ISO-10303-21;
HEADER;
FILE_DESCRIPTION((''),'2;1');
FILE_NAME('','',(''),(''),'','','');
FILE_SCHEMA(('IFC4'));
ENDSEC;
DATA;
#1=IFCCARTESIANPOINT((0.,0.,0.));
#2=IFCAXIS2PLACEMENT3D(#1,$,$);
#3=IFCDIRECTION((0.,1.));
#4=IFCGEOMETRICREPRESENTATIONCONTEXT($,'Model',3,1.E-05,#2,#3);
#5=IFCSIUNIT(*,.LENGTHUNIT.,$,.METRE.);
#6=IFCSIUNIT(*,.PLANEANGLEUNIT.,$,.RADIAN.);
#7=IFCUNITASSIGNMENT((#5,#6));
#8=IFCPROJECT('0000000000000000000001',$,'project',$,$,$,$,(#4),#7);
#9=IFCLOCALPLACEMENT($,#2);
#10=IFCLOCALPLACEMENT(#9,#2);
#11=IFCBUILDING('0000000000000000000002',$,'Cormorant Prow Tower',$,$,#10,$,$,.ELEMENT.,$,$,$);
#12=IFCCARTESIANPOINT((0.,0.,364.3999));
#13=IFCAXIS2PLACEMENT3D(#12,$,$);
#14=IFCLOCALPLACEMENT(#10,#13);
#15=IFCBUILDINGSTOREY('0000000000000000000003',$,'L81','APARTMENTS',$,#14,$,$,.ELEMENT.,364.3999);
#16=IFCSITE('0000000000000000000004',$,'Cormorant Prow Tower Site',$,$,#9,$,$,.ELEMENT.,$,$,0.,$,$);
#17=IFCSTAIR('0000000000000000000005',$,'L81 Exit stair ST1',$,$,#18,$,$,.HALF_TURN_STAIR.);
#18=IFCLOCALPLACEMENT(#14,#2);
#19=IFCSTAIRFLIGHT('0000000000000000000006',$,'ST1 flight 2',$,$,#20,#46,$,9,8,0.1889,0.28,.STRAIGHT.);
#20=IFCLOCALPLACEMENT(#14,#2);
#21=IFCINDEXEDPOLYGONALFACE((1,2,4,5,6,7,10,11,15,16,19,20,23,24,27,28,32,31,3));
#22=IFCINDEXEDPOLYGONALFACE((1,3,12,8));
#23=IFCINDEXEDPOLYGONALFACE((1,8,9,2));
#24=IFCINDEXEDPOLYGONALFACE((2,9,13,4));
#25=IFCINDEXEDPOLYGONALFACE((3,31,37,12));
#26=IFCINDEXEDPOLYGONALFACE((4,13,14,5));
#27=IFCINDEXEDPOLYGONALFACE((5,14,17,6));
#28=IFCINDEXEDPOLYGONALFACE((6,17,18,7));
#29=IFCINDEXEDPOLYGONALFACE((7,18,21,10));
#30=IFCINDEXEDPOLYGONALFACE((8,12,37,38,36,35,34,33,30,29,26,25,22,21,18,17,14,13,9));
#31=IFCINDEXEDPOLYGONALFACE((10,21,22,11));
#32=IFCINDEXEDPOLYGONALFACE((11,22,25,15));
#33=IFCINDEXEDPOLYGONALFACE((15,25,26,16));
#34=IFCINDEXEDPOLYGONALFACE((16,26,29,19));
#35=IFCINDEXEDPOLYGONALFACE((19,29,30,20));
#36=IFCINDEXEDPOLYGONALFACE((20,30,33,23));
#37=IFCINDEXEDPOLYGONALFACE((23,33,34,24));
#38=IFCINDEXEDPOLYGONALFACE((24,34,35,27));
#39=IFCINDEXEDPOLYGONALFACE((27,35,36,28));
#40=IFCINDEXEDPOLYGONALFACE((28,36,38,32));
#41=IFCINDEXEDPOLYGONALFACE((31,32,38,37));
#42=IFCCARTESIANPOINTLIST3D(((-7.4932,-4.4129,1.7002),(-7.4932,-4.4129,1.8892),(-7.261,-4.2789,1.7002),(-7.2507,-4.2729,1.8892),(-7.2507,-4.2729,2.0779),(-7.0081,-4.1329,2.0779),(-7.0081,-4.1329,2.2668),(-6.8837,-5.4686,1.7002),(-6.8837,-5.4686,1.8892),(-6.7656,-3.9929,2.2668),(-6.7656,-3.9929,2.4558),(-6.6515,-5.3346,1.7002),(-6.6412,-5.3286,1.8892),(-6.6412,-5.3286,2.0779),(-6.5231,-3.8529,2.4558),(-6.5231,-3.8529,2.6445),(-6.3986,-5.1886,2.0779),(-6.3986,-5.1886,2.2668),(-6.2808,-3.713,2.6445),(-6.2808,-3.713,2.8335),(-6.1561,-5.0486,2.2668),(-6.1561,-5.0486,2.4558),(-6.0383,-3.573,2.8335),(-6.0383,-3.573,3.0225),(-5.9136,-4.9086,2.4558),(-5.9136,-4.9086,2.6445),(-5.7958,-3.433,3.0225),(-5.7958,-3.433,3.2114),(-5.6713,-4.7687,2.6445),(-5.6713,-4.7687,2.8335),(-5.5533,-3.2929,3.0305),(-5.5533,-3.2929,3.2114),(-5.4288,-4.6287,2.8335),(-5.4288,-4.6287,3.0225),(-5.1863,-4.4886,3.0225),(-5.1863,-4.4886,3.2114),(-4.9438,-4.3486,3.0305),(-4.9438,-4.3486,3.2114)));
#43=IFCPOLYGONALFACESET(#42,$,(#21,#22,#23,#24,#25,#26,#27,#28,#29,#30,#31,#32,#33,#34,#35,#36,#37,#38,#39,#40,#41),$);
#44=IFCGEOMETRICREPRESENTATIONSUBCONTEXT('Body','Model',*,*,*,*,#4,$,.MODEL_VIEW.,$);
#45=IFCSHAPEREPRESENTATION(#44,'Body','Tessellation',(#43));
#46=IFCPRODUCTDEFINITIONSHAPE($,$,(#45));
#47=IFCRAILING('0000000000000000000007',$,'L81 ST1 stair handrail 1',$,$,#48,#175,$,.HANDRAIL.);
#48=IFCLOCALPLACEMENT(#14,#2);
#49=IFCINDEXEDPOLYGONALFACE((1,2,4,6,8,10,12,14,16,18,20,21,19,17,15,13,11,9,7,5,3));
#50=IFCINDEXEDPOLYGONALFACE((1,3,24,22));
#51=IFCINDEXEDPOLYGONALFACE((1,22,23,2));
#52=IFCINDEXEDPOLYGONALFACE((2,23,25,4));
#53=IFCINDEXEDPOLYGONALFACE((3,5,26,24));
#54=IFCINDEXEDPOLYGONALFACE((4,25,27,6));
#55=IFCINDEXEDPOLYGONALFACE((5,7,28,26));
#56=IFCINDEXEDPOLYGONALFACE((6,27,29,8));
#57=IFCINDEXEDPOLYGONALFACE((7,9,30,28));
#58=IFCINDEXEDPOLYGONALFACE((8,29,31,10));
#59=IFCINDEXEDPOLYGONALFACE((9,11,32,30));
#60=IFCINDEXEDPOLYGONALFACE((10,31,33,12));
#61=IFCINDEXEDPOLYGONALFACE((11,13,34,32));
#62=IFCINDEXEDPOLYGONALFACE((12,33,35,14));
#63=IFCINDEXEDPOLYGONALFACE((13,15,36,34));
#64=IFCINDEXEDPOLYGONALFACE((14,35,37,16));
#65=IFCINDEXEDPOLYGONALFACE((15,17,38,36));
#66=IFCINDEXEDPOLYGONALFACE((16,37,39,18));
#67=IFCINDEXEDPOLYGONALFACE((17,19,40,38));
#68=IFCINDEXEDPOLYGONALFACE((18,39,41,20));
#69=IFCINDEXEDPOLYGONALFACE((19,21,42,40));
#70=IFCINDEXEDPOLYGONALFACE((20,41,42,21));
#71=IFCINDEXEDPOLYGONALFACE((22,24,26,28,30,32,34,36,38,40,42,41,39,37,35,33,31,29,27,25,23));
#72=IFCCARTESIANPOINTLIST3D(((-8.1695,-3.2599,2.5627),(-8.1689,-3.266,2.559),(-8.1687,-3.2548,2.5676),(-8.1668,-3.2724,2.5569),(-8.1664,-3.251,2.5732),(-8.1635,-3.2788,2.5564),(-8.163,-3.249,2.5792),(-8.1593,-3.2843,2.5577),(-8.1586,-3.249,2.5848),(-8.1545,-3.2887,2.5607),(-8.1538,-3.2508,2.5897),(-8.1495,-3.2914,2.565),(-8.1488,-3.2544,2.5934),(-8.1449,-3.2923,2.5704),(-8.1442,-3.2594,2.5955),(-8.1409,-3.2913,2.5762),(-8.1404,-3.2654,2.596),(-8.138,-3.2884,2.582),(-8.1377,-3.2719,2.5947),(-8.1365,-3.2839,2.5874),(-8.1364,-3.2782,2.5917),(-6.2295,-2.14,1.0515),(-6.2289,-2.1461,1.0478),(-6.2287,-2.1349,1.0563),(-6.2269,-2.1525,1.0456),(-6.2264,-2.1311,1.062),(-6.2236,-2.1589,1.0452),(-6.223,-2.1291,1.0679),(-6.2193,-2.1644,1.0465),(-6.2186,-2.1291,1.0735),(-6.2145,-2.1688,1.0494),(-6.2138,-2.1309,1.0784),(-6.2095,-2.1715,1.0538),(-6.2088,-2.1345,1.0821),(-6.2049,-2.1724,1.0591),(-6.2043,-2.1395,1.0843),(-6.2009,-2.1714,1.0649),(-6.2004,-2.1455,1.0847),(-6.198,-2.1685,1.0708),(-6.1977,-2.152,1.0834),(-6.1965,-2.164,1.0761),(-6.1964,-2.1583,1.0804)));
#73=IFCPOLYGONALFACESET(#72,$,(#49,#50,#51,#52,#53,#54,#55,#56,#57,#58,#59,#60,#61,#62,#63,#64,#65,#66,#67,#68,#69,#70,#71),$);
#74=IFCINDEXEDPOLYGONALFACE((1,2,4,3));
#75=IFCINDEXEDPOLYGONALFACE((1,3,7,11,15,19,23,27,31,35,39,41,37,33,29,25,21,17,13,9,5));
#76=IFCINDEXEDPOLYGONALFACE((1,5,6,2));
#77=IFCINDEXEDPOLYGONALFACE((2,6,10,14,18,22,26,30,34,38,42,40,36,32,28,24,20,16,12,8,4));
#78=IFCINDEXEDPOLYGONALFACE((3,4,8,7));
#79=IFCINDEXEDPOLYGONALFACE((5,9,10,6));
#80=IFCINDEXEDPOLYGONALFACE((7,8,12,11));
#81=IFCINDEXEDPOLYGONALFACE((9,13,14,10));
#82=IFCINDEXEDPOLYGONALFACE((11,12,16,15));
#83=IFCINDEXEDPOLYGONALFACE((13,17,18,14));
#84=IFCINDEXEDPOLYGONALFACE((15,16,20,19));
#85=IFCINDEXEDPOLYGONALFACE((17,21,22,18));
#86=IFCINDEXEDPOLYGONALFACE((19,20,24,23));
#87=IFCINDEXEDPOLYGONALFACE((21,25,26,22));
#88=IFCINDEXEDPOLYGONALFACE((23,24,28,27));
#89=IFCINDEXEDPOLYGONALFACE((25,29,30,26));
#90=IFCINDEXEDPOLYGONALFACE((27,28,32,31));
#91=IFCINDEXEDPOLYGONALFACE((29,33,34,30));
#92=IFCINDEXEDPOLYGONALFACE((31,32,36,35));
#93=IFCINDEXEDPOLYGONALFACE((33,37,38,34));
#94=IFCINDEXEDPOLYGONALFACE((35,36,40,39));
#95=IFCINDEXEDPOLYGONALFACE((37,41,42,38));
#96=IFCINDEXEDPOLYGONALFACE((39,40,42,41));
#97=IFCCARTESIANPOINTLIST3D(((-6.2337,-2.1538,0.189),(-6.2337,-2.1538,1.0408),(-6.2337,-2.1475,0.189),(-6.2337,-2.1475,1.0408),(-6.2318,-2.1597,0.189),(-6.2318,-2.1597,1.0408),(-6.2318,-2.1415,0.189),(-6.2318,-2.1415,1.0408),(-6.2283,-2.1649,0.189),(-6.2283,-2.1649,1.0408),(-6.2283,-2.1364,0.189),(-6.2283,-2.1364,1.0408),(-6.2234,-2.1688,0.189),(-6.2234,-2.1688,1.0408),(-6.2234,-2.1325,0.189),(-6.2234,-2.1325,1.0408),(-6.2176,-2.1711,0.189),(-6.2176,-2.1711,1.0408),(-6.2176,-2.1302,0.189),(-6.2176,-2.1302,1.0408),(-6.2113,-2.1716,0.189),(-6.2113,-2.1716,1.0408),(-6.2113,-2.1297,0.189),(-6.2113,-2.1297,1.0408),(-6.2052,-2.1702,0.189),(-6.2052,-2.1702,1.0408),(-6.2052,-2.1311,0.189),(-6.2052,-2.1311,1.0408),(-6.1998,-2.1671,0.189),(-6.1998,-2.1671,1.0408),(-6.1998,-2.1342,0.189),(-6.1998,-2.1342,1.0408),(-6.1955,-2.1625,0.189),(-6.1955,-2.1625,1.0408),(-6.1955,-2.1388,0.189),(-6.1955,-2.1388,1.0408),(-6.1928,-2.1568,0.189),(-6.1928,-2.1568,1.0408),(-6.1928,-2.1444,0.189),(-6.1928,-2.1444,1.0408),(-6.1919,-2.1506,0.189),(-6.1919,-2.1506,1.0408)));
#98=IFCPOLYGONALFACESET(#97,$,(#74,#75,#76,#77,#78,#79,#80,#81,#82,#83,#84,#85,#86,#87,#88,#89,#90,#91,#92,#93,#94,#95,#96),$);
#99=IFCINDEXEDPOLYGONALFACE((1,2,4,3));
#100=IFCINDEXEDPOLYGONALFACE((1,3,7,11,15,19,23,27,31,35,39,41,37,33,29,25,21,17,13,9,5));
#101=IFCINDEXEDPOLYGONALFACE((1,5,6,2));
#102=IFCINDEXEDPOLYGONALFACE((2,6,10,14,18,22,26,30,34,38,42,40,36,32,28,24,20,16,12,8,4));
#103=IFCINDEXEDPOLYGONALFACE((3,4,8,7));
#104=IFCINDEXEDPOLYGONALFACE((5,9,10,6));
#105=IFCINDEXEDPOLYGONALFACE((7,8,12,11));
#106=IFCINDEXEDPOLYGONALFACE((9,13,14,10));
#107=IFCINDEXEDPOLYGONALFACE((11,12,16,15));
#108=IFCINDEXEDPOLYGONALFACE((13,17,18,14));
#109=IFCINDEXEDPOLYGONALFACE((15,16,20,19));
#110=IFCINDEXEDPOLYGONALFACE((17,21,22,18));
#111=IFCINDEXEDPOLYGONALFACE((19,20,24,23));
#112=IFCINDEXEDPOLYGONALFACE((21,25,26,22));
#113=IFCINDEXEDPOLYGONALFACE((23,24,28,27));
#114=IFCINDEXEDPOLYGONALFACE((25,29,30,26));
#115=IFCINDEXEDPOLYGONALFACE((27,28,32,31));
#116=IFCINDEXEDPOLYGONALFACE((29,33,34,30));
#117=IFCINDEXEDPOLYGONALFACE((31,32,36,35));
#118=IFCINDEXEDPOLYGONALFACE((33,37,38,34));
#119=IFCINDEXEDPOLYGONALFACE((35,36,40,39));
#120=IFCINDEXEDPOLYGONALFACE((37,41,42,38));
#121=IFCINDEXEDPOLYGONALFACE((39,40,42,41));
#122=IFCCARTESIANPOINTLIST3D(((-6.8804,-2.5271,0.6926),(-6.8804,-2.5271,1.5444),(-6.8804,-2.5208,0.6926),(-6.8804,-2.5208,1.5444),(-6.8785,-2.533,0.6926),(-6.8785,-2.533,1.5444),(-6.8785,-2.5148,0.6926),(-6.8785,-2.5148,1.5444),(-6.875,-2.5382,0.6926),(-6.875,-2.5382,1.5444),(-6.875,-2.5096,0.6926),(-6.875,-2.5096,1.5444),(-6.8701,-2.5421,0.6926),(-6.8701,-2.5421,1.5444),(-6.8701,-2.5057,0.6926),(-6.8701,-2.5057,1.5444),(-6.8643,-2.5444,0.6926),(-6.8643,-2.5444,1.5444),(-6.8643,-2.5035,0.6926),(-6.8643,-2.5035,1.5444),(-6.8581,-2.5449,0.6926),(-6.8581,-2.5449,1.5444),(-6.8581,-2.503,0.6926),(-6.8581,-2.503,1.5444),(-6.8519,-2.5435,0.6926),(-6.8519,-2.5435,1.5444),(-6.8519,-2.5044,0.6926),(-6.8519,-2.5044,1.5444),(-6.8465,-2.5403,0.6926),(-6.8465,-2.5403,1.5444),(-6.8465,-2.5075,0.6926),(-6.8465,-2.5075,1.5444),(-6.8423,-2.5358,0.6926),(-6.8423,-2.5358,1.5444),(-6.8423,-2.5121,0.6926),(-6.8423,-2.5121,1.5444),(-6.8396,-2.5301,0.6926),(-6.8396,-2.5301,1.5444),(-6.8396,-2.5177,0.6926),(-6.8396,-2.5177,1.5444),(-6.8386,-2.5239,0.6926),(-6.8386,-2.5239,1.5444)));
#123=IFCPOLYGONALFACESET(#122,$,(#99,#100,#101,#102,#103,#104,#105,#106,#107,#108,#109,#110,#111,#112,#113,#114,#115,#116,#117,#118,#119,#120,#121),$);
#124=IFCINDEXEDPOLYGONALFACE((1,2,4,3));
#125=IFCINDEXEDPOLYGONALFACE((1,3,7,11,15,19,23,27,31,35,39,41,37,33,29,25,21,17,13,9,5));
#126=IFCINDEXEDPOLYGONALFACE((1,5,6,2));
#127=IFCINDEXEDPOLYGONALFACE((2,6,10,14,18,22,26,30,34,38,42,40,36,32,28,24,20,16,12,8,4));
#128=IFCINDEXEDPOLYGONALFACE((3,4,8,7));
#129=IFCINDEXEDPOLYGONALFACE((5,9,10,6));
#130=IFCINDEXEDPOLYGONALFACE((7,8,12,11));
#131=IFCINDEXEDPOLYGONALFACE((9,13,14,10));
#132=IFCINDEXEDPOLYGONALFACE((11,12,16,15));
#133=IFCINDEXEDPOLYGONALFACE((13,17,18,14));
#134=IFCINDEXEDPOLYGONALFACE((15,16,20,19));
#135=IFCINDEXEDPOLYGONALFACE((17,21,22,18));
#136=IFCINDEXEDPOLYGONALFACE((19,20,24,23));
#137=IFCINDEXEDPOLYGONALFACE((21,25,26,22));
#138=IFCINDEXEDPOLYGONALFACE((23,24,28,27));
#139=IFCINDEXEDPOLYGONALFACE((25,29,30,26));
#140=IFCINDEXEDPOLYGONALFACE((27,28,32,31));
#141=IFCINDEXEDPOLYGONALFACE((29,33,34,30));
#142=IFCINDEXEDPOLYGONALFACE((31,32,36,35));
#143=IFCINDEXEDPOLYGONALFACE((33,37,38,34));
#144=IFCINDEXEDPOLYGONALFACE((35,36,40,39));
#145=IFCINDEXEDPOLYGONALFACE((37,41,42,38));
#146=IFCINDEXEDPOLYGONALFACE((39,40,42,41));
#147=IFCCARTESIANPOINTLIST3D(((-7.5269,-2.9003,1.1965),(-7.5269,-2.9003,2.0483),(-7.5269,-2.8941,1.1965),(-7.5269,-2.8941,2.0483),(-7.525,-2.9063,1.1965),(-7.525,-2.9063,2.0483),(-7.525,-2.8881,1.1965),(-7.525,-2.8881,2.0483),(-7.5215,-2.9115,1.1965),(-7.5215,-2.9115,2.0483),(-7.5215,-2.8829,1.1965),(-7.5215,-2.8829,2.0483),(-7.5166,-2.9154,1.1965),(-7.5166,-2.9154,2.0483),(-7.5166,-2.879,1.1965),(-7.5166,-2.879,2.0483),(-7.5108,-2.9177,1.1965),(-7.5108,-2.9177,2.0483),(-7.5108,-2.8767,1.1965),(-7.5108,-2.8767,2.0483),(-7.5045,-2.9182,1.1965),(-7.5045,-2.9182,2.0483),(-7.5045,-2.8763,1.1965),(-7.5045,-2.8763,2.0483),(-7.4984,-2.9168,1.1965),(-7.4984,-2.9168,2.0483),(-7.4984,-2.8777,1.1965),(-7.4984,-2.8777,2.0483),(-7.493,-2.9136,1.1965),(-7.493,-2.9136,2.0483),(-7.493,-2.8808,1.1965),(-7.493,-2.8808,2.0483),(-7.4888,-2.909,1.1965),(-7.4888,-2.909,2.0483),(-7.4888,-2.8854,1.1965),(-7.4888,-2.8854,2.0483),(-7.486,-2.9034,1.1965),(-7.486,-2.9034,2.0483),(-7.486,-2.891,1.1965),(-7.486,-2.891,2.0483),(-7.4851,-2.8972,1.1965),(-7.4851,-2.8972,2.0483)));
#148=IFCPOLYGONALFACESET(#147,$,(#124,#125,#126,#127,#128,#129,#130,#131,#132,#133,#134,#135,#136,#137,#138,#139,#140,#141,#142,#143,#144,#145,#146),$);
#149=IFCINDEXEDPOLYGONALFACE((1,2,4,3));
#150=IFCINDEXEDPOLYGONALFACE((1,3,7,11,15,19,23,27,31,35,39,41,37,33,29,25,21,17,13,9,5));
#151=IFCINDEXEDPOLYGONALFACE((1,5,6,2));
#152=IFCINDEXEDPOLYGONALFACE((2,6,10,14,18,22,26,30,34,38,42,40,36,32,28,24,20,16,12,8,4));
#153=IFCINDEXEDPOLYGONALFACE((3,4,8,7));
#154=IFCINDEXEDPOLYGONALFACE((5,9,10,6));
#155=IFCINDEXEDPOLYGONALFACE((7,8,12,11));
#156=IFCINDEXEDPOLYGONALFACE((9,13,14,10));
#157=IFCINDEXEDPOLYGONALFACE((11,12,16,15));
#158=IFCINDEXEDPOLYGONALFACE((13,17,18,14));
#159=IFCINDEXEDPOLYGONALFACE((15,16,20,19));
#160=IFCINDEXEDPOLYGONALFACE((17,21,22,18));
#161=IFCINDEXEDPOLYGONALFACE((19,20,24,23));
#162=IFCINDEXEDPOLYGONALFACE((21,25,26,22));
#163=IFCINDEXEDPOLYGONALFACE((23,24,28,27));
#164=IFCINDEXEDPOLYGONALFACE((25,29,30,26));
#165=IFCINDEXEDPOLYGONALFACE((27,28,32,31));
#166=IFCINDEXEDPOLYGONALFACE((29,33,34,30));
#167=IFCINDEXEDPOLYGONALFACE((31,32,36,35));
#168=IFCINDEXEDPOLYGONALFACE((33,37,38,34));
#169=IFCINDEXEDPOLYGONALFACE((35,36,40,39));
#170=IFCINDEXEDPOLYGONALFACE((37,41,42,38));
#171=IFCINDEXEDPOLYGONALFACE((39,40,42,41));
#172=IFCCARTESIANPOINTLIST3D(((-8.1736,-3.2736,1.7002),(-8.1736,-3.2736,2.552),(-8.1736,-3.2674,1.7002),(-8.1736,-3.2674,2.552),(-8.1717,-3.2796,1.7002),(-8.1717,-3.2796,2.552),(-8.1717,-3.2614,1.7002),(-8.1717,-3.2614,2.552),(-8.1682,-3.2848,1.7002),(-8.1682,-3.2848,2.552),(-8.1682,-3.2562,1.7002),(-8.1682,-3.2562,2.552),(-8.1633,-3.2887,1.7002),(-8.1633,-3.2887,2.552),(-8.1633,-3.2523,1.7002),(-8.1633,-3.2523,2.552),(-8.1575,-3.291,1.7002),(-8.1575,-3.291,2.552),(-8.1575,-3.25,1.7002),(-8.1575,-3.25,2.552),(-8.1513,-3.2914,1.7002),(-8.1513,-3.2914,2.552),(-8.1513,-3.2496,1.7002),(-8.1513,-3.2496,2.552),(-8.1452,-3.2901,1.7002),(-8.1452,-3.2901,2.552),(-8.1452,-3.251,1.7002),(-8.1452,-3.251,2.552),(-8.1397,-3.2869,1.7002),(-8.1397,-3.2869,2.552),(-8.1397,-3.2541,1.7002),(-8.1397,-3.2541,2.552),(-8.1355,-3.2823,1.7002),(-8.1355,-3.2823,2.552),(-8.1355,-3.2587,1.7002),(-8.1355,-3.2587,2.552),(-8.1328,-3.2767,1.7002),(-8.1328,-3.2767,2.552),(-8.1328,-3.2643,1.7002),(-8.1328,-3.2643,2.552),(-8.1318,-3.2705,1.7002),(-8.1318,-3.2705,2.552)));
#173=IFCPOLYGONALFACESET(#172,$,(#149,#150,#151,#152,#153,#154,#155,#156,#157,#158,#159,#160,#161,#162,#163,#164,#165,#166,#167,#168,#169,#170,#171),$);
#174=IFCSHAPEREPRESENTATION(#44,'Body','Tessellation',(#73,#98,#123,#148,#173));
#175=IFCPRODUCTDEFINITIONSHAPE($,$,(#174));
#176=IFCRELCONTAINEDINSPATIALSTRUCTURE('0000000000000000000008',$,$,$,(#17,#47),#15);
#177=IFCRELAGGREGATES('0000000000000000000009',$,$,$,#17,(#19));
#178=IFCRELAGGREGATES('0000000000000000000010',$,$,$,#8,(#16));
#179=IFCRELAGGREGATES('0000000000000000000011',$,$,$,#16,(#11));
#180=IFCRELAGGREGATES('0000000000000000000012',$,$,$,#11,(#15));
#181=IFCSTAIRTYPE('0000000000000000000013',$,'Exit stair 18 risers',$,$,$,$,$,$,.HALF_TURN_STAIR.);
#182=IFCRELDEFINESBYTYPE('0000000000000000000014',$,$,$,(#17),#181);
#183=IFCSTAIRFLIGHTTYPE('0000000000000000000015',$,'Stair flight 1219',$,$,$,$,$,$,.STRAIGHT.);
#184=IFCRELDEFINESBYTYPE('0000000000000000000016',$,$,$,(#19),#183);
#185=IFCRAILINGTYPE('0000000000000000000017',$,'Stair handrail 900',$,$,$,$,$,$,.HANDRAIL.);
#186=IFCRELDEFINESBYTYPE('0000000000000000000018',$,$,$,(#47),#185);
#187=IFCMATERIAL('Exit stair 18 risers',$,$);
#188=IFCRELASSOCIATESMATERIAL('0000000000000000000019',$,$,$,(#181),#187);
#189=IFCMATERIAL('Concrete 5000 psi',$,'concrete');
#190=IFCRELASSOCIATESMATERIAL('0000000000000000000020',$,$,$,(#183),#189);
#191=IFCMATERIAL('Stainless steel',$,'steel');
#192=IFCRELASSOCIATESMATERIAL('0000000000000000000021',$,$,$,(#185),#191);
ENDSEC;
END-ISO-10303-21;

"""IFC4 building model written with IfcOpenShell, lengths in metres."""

from ifc_helpers import new_model, si_unit, direction, frame, origin, origin_2d, place, context, subcontext, project, spatial, polyline, circle, outline, extrude, material, type_object, element, aggregate, save


model = new_model("IFC4")

# Units and contexts
model_context = context("Model", 3, precision=1e-05, world=origin(), true_north=direction((0.0, 1.0)))
body_context = subcontext(model_context, "Body", "Model", "MODEL_VIEW")
ifc_project = project(units=[si_unit("LENGTHUNIT", "METRE"), si_unit("PLANEANGLEUNIT", "RADIAN")], contexts=[model_context])

# Site, building, storey
site_placement = place(None, origin())
site = spatial("IfcSite", under=ifc_project, at=site_placement, Name="Cormorant Prow Tower Site", CompositionType="ELEMENT", RefElevation=0.0)
building_placement = place(site_placement, origin())
building = spatial("IfcBuilding", under=site, at=building_placement, Name="Cormorant Prow Tower", CompositionType="ELEMENT")
storey_placement = place(building_placement, frame((0.0, 0.0, 364.3999)))
storey = spatial("IfcBuildingStorey", under=building, at=storey_placement, Name="L81", Description="APARTMENTS", CompositionType="ELEMENT", Elevation=364.3999)

# Stair, stair flight
ifc_material_1 = material(Name="Exit stair 18 risers")
stair_type = type_object("IfcStairType", Name="Exit stair 18 risers", PredefinedType="HALF_TURN_STAIR", material=ifc_material_1)
stair_placement = place(storey_placement, origin())
stair = element("IfcStair", 1, at=stair_placement, inside=storey, type_object=stair_type, Name="L81 Exit stair ST1", PredefinedType="HALF_TURN_STAIR")
ifc_material_2 = material(Name="Concrete 5000 psi", Category="concrete")
stair_flight_type = type_object("IfcStairFlightType", Name="Stair flight 1219", PredefinedType="STRAIGHT", material=ifc_material_2)
stair_flight_1_placement = place(storey_placement, frame((-7.1885, -4.9407, 1.7002), z_axis=(0.0, 0.0, 1.0), x_axis=(0.866025, 0.5, 0.0)))
stair_flight_1 = element("IfcStairFlight", 2, at=stair_flight_1_placement, type_object=stair_flight_type, Name="ST1 flight 2", NumberOfRisers=9, NumberOfTreads=8, PredefinedType="STRAIGHT", RiserHeight=0.1889, TreadLength=0.28, context=body_context, shape_type="SweptSolid", body=[
    extrude(outline(polyline([(0.0, 0.0), (0.0, 0.189), (0.28, 0.189), (0.28, 0.3777), (0.5601, 0.3777), (0.5601, 0.5667), (0.8401, 0.5667), (0.8401, 0.7556), (1.1201, 0.7556), (1.1201, 0.9443), (1.3999, 0.9443), (1.3999, 1.1333), (1.6799, 1.1333), (1.6799, 1.3223), (1.96, 1.3223), (1.96, 1.5112), (2.24, 1.5112), (2.24, 1.7), (2.24, 1.3303), (0.2681, 0.0), (0.0, 0.0)])), frame((0.0, 0.6094, 0.0), z_axis=(0.0, -1.0, 0.0), x_axis=(1.0, 0.0, 0.0)), (0.0, 0.0, 1.0), 1.219),
])
aggregate(stair, [stair_flight_1])

# Railing
ifc_material_3 = material(Name="Stainless steel", Category="steel")
railing_type_1 = type_object("IfcRailingType", Name="Stair handrail 900", PredefinedType="HANDRAIL", material=ifc_material_3)
railing_1_placement = place(storey_placement, frame((-6.2129, -2.1506, 0.189)))
element("IfcRailing", 3, at=railing_1_placement, inside=storey, type_object=railing_type_1, Name="L81 ST1 stair handrail 1", PredefinedType="HANDRAIL", context=body_context, shape_type="SweptSolid", body=[
    extrude(circle(Radius=0.0239, at=origin_2d()), frame((0.0, 0.0, 0.876), z_axis=(-0.71794, -0.414447, 0.559281), x_axis=(0.499949, -0.866055, 0.0)), (0.0, 0.0, 1.0), 2.7021),
    extrude(circle(Radius=0.021, at=origin_2d()), origin(), (0.0, 0.0, 1.0), 0.8518),
    extrude(circle(Radius=0.021, at=origin_2d()), frame((-0.6467, -0.3733, 0.5037)), (0.0, 0.0, 1.0), 0.8518),
    extrude(circle(Radius=0.021, at=origin_2d()), frame((-1.2932, -0.7466, 1.0076)), (0.0, 0.0, 1.0), 0.8518),
    extrude(circle(Radius=0.021, at=origin_2d()), frame((-1.9399, -1.1199, 1.5112)), (0.0, 0.0, 1.0), 0.8518),
])

save(model, "model.ifc")
